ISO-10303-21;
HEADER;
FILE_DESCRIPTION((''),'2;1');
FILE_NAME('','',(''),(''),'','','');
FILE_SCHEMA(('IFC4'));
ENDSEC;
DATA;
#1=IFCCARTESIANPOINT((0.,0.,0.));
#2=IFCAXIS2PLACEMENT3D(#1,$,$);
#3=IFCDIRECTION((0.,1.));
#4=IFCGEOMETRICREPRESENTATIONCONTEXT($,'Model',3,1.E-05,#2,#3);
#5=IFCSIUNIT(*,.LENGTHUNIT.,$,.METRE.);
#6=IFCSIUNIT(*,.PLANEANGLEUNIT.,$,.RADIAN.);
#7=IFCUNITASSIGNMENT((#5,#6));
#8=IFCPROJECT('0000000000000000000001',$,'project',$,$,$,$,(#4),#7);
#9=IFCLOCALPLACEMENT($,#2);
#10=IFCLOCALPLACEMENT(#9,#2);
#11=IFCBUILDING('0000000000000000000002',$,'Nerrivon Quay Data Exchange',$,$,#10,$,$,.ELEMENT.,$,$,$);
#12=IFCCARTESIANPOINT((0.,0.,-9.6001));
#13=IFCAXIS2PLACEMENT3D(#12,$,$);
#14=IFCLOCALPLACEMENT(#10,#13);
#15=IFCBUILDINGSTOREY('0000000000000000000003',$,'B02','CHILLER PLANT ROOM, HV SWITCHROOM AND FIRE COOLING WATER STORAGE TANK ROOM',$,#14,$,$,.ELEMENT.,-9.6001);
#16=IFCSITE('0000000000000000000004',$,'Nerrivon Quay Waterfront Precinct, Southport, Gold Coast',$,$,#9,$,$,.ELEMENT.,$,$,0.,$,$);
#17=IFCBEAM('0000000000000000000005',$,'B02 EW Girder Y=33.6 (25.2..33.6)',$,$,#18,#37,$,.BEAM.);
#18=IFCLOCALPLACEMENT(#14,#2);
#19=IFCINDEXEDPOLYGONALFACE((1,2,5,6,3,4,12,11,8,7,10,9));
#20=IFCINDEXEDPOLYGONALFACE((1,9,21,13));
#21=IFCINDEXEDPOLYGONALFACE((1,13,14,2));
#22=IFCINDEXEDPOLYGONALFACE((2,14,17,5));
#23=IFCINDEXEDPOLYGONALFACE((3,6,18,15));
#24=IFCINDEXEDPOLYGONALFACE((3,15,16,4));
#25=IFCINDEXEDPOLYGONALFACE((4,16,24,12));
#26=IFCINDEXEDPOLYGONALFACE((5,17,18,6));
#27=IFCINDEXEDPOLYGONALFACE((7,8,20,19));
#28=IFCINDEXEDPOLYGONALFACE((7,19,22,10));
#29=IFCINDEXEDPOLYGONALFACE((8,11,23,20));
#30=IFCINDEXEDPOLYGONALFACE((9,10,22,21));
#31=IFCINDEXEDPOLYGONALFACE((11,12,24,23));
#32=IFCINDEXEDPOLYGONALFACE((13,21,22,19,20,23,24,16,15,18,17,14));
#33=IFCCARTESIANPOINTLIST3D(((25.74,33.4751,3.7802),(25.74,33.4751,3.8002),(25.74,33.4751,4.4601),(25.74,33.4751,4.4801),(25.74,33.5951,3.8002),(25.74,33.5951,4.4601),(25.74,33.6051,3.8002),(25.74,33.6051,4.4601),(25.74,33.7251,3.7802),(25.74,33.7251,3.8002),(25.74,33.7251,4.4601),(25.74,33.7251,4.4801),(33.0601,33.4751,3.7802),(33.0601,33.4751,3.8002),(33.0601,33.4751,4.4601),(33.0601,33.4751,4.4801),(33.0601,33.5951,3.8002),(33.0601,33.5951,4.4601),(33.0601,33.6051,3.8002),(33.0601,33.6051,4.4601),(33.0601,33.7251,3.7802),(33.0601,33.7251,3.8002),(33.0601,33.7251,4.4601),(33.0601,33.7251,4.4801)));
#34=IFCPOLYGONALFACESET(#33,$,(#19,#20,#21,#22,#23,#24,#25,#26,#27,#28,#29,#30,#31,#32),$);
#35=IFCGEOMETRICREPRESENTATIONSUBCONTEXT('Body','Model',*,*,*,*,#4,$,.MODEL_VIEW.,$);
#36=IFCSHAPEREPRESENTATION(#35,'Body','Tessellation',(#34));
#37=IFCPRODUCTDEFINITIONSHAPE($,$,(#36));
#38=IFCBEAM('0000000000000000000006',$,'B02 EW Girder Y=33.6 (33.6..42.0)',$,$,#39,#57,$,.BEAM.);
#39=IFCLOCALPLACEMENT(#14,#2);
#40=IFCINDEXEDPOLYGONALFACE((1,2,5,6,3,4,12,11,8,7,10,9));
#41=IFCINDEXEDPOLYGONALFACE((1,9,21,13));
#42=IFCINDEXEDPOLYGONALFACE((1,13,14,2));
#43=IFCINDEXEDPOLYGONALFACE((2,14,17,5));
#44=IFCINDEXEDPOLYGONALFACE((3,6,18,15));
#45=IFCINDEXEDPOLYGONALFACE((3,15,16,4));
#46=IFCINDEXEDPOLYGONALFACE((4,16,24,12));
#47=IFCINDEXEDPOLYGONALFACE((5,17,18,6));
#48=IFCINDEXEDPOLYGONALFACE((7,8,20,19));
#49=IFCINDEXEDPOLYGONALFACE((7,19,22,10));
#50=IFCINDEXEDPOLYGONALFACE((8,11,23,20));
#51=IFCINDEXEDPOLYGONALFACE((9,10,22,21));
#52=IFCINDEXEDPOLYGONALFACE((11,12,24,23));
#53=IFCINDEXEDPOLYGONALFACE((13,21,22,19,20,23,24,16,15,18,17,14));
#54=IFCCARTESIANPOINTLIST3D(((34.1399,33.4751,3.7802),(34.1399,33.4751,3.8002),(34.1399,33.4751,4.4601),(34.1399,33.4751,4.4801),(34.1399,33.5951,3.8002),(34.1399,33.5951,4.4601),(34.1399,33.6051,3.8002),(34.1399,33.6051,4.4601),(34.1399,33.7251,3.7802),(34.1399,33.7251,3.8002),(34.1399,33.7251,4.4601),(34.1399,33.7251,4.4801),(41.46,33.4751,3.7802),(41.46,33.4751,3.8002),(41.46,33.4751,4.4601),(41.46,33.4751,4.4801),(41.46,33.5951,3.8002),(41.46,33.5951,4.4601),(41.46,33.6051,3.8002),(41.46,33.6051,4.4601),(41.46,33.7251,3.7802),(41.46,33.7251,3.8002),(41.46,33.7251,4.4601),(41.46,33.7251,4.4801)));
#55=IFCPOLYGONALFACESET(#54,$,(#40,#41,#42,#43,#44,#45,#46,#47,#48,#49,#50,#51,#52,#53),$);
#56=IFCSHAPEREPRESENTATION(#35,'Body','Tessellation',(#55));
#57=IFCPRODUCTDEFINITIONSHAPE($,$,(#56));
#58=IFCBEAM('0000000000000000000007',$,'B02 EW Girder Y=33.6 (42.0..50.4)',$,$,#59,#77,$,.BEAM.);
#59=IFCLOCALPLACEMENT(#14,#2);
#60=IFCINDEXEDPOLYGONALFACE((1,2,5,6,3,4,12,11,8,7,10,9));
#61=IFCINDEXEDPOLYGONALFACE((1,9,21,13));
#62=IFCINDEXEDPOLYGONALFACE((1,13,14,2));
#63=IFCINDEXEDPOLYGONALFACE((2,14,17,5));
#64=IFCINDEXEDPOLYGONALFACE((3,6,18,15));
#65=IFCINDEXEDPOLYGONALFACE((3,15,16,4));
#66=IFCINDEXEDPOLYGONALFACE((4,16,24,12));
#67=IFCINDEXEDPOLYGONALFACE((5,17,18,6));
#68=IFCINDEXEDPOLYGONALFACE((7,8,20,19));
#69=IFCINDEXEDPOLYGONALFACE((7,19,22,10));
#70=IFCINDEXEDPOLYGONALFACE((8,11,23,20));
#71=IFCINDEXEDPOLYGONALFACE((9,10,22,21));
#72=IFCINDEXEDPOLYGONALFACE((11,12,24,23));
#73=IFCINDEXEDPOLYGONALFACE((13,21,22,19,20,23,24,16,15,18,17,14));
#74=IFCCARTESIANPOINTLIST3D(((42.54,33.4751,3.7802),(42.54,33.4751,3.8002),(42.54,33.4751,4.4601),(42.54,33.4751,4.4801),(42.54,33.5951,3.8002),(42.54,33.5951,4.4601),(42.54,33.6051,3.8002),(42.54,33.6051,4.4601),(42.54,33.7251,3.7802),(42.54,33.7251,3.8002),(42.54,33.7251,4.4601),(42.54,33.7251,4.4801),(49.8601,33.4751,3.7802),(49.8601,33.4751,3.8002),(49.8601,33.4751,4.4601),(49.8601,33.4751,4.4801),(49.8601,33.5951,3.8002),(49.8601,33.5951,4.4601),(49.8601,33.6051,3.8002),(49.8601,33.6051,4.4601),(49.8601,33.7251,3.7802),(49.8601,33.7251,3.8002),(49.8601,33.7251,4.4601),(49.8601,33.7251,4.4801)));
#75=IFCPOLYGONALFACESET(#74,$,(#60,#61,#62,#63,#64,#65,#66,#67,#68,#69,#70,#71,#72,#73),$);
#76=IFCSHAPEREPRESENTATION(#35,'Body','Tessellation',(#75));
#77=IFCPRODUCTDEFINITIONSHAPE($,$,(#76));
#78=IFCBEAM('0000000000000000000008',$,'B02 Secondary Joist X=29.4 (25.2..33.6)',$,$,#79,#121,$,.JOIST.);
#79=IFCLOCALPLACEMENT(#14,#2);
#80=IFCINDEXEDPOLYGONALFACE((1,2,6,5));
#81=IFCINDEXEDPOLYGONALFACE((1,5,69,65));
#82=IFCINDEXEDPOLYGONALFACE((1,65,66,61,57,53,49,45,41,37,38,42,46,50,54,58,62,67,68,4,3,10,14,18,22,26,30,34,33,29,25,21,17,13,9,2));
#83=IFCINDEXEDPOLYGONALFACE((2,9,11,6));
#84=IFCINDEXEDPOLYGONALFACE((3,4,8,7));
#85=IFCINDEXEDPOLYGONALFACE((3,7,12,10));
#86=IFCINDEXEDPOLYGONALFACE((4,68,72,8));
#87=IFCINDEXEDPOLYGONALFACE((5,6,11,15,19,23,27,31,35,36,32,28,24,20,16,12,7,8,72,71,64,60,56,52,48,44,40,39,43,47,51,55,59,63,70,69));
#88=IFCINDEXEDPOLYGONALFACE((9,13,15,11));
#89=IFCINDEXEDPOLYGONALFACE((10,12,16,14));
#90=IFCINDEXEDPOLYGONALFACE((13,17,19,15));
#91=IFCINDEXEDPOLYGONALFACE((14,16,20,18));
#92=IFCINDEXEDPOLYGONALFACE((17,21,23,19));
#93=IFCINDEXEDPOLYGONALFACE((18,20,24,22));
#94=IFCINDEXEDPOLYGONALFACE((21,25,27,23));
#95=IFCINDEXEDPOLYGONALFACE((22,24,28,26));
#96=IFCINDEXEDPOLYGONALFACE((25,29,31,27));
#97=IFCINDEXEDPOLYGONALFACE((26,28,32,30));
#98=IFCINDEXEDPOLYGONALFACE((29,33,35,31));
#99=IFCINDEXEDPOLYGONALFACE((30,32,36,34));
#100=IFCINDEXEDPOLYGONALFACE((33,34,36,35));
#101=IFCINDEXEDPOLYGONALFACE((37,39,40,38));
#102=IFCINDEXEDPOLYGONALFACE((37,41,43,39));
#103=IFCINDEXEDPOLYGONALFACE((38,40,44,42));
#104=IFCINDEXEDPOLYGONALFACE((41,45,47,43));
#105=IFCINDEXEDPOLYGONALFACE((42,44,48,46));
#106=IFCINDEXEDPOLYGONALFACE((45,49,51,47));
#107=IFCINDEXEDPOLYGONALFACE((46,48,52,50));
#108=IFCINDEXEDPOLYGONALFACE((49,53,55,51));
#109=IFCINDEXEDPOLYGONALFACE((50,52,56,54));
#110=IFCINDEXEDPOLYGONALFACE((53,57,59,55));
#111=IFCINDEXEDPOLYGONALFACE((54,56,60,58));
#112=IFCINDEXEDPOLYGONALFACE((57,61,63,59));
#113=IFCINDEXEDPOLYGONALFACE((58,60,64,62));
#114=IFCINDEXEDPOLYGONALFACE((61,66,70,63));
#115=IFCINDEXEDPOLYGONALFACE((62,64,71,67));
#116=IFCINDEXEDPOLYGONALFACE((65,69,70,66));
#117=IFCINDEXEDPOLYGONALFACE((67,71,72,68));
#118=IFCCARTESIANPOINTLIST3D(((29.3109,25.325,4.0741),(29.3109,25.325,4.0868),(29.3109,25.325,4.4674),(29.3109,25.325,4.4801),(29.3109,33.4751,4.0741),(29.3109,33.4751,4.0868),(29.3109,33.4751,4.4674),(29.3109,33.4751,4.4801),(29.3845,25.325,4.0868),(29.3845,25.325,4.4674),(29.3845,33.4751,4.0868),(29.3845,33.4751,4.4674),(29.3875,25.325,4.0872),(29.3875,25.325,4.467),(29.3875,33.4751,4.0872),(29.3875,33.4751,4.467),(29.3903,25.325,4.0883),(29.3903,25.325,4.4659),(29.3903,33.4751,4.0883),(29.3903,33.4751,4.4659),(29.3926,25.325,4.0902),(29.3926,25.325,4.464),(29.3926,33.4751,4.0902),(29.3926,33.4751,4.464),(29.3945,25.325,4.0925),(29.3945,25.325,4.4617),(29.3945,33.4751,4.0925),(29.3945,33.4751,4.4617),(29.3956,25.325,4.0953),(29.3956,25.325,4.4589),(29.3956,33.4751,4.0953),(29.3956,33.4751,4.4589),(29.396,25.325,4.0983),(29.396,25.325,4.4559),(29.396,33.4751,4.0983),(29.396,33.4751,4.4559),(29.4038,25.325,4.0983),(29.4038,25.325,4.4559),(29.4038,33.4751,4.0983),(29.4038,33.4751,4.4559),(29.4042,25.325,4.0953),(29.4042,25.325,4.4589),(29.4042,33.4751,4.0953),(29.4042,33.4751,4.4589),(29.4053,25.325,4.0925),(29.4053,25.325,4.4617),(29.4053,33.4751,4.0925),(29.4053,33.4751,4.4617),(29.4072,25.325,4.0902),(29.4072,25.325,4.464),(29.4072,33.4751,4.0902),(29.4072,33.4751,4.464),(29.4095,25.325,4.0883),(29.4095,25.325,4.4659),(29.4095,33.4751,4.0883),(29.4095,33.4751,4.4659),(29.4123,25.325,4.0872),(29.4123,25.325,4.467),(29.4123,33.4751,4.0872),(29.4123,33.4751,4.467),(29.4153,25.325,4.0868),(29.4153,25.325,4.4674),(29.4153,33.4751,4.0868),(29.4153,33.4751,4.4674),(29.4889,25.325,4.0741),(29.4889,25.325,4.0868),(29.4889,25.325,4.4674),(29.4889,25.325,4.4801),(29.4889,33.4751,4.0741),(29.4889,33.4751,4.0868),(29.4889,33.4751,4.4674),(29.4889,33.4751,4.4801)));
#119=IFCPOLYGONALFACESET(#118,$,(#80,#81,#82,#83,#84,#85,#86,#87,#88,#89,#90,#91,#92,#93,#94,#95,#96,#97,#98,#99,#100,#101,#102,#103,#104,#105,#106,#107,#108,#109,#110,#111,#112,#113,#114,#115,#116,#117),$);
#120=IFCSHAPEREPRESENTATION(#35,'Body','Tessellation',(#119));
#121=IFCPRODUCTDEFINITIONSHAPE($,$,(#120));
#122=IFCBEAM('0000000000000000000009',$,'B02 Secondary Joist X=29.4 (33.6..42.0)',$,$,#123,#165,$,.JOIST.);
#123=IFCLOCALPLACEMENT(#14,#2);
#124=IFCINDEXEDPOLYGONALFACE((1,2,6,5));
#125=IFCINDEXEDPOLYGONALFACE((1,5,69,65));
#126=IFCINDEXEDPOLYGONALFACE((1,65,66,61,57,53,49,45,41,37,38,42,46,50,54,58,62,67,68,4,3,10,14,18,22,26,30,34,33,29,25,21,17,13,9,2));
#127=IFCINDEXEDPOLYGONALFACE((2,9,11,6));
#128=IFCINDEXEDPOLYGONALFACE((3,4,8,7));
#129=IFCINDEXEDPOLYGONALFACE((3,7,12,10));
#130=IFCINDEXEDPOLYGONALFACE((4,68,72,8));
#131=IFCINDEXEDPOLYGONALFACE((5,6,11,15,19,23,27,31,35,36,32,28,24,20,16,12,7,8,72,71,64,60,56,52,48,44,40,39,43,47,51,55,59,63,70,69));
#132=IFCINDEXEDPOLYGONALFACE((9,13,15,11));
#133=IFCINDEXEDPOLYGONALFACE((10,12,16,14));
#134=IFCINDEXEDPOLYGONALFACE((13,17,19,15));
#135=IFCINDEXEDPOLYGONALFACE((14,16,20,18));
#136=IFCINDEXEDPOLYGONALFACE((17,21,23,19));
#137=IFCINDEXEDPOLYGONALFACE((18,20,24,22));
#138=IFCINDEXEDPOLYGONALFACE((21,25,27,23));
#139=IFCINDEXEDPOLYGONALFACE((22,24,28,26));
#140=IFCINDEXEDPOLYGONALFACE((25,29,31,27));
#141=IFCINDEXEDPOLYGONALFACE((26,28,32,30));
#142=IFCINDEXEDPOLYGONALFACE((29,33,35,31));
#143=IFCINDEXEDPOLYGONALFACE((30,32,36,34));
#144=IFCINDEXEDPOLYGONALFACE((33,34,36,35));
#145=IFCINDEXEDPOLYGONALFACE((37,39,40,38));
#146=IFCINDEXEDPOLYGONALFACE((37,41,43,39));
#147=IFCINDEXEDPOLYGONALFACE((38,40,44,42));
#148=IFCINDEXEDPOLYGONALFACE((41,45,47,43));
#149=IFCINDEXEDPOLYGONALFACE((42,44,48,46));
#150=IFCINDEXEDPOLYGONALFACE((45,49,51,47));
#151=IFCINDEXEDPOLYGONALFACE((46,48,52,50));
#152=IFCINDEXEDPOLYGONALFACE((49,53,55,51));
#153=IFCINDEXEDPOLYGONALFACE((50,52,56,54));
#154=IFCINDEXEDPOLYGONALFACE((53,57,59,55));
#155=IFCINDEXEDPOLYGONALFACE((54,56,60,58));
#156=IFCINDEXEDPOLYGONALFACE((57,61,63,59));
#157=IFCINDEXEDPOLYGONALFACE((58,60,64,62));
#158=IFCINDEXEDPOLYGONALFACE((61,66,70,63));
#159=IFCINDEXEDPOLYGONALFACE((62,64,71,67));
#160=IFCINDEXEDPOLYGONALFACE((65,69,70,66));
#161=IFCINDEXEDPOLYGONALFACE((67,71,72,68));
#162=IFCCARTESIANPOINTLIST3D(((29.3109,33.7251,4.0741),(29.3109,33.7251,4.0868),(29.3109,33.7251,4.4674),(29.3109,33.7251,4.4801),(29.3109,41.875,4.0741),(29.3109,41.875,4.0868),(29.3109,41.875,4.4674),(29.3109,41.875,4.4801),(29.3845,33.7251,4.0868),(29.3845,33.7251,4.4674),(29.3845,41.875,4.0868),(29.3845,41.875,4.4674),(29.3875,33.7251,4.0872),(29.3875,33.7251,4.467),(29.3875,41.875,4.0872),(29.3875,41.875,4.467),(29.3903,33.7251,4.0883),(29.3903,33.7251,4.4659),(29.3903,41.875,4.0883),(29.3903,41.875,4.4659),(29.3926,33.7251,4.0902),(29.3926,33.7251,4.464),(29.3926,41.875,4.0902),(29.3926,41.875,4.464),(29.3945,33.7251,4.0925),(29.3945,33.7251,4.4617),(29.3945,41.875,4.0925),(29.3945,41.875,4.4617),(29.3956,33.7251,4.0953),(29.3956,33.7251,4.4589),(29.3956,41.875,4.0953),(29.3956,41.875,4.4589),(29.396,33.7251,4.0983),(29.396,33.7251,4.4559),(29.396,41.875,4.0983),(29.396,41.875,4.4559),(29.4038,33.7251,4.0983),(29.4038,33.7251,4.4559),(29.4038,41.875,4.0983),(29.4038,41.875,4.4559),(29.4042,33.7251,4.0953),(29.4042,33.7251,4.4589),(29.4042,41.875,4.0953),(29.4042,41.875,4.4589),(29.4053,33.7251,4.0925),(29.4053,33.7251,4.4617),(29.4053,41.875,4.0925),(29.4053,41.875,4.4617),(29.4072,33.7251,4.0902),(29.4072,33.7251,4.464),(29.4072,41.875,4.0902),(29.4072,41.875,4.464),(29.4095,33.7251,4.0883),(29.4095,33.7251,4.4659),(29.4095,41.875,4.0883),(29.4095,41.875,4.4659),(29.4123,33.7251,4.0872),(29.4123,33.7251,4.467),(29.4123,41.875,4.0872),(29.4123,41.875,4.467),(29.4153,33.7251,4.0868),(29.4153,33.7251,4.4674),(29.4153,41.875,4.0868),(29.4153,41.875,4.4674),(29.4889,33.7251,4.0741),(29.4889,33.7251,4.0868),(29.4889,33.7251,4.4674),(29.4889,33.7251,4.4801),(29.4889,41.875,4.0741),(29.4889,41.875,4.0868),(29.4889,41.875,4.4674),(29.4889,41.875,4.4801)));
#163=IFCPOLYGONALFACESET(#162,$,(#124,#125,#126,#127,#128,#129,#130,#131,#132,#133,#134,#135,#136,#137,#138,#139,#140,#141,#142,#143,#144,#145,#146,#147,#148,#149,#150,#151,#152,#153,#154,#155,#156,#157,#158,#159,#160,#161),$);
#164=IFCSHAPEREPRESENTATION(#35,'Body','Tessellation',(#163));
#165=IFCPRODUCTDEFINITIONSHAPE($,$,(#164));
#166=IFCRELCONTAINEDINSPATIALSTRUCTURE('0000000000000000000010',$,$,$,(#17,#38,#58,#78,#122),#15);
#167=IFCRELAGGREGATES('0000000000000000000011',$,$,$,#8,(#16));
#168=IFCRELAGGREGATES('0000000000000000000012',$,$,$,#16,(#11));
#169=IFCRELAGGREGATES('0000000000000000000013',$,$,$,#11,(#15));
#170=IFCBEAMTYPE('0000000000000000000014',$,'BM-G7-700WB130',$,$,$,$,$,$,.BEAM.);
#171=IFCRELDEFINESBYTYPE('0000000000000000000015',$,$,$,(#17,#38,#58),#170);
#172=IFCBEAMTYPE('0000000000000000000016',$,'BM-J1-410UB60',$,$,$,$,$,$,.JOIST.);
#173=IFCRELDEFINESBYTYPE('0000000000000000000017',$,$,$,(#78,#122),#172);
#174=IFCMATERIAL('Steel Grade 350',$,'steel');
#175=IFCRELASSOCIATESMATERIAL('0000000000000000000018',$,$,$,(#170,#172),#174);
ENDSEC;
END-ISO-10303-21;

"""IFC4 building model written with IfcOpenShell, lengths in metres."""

from ifc_helpers import new_model, si_unit, direction, frame, origin, origin_2d, place, context, subcontext, project, spatial, i_section, extrude, material, material_profile, profile_set, type_object, element, save


model = new_model("IFC4")

# Units and contexts
model_context = context("Model", 3, precision=1e-05, world=origin(), true_north=direction((0.0, 1.0)))
body_context = subcontext(model_context, "Body", "Model", "MODEL_VIEW")
ifc_project = project(units=[si_unit("LENGTHUNIT", "METRE"), si_unit("PLANEANGLEUNIT", "RADIAN")], contexts=[model_context])

# Site, building, storey
site_placement = place(None, origin())
site = spatial("IfcSite", under=ifc_project, at=site_placement, Name="Nerrivon Quay Waterfront Precinct, Southport, Gold Coast", CompositionType="ELEMENT", RefElevation=0.0)
building_placement = place(site_placement, origin())
building = spatial("IfcBuilding", under=site, at=building_placement, Name="Nerrivon Quay Data Exchange", CompositionType="ELEMENT")
storey_placement = place(building_placement, frame((0.0, 0.0, -9.6001)))
storey = spatial("IfcBuildingStorey", under=building, at=storey_placement, Name="B02", Description="CHILLER PLANT ROOM, HV SWITCHROOM AND FIRE COOLING WATER STORAGE TANK ROOM", CompositionType="ELEMENT", Elevation=-9.6001)

# Beams
ifc_material_1 = material(Name="Steel Grade 350", Category="steel")
ifc_material_profile_1 = material_profile(ifc_material_1, i_section(OverallWidth=0.25, OverallDepth=0.7, WebThickness=0.01, FlangeThickness=0.02, at=origin_2d()), Name="700WB130")
ifc_profile_set_1 = profile_set([ifc_material_profile_1], Name="Steel Grade 350")
beam_type_1 = type_object("IfcBeamType", Name="BM-G7-700WB130", PredefinedType="BEAM", material=ifc_profile_set_1)
for number, where, z_axis, x_axis, name in (
    (1, (25.74, 33.6001, 4.1301), (1.0, 0.0, 0.0), (0.0, 1.0, 0.0), "B02 EW Girder Y=33.6 (25.2..33.6)"),
    (2, (34.1399, 33.6001, 4.1301), (1.0, 0.0, 0.0), (0.0, 1.0, 0.0), "B02 EW Girder Y=33.6 (33.6..42.0)"),
    (3, (42.54, 33.6001, 4.1301), (1.0, 0.0, 0.0), (0.0, 1.0, 0.0), "B02 EW Girder Y=33.6 (42.0..50.4)"),
):
    element("IfcBeam", number, at=place(storey_placement, frame(where, z_axis=z_axis, x_axis=x_axis)), inside=storey, type_object=beam_type_1, Name=name, PredefinedType="BEAM", context=body_context, shape_type="SweptSolid", body=[
        extrude(i_section(OverallWidth=0.25, OverallDepth=0.7, WebThickness=0.01, FlangeThickness=0.02, at=origin_2d()), origin(), (0.0, 0.0, 1.0), 7.3201),
    ])
ifc_material_profile_2 = material_profile(ifc_material_1, i_section(OverallWidth=0.178, OverallDepth=0.406, WebThickness=0.0078, FlangeThickness=0.0127, FilletRadius=0.0115, at=origin_2d()), Name="410UB59.7")
ifc_profile_set_2 = profile_set([ifc_material_profile_2], Name="Steel Grade 350")
beam_type_2 = type_object("IfcBeamType", Name="BM-J1-410UB60", PredefinedType="JOIST", material=ifc_profile_set_2)
beam_1_placement = place(storey_placement, frame((29.3999, 25.325, 4.2771), z_axis=(0.0, 1.0, 0.0), x_axis=(-1.0, 0.0, 0.0)))
element("IfcBeam", 4, at=beam_1_placement, inside=storey, type_object=beam_type_2, Name="B02 Secondary Joist X=29.4 (25.2..33.6)", PredefinedType="JOIST", context=body_context, shape_type="SweptSolid", body=[
    extrude(i_section(OverallWidth=0.178, OverallDepth=0.406, WebThickness=0.0078, FlangeThickness=0.0127, FilletRadius=0.0115, at=origin_2d()), origin(), (0.0, 0.0, 1.0), 8.1501),
])
beam_2_placement = place(storey_placement, frame((29.3999, 33.7251, 4.2771), z_axis=(0.0, 1.0, 0.0), x_axis=(-1.0, 0.0, 0.0)))
element("IfcBeam", 5, at=beam_2_placement, inside=storey, type_object=beam_type_2, Name="B02 Secondary Joist X=29.4 (33.6..42.0)", PredefinedType="JOIST", context=body_context, shape_type="SweptSolid", body=[
    extrude(i_section(OverallWidth=0.178, OverallDepth=0.406, WebThickness=0.0078, FlangeThickness=0.0127, FilletRadius=0.0115, at=origin_2d()), origin(), (0.0, 0.0, 1.0), 8.1499),
])

save(model, "model.ifc")
